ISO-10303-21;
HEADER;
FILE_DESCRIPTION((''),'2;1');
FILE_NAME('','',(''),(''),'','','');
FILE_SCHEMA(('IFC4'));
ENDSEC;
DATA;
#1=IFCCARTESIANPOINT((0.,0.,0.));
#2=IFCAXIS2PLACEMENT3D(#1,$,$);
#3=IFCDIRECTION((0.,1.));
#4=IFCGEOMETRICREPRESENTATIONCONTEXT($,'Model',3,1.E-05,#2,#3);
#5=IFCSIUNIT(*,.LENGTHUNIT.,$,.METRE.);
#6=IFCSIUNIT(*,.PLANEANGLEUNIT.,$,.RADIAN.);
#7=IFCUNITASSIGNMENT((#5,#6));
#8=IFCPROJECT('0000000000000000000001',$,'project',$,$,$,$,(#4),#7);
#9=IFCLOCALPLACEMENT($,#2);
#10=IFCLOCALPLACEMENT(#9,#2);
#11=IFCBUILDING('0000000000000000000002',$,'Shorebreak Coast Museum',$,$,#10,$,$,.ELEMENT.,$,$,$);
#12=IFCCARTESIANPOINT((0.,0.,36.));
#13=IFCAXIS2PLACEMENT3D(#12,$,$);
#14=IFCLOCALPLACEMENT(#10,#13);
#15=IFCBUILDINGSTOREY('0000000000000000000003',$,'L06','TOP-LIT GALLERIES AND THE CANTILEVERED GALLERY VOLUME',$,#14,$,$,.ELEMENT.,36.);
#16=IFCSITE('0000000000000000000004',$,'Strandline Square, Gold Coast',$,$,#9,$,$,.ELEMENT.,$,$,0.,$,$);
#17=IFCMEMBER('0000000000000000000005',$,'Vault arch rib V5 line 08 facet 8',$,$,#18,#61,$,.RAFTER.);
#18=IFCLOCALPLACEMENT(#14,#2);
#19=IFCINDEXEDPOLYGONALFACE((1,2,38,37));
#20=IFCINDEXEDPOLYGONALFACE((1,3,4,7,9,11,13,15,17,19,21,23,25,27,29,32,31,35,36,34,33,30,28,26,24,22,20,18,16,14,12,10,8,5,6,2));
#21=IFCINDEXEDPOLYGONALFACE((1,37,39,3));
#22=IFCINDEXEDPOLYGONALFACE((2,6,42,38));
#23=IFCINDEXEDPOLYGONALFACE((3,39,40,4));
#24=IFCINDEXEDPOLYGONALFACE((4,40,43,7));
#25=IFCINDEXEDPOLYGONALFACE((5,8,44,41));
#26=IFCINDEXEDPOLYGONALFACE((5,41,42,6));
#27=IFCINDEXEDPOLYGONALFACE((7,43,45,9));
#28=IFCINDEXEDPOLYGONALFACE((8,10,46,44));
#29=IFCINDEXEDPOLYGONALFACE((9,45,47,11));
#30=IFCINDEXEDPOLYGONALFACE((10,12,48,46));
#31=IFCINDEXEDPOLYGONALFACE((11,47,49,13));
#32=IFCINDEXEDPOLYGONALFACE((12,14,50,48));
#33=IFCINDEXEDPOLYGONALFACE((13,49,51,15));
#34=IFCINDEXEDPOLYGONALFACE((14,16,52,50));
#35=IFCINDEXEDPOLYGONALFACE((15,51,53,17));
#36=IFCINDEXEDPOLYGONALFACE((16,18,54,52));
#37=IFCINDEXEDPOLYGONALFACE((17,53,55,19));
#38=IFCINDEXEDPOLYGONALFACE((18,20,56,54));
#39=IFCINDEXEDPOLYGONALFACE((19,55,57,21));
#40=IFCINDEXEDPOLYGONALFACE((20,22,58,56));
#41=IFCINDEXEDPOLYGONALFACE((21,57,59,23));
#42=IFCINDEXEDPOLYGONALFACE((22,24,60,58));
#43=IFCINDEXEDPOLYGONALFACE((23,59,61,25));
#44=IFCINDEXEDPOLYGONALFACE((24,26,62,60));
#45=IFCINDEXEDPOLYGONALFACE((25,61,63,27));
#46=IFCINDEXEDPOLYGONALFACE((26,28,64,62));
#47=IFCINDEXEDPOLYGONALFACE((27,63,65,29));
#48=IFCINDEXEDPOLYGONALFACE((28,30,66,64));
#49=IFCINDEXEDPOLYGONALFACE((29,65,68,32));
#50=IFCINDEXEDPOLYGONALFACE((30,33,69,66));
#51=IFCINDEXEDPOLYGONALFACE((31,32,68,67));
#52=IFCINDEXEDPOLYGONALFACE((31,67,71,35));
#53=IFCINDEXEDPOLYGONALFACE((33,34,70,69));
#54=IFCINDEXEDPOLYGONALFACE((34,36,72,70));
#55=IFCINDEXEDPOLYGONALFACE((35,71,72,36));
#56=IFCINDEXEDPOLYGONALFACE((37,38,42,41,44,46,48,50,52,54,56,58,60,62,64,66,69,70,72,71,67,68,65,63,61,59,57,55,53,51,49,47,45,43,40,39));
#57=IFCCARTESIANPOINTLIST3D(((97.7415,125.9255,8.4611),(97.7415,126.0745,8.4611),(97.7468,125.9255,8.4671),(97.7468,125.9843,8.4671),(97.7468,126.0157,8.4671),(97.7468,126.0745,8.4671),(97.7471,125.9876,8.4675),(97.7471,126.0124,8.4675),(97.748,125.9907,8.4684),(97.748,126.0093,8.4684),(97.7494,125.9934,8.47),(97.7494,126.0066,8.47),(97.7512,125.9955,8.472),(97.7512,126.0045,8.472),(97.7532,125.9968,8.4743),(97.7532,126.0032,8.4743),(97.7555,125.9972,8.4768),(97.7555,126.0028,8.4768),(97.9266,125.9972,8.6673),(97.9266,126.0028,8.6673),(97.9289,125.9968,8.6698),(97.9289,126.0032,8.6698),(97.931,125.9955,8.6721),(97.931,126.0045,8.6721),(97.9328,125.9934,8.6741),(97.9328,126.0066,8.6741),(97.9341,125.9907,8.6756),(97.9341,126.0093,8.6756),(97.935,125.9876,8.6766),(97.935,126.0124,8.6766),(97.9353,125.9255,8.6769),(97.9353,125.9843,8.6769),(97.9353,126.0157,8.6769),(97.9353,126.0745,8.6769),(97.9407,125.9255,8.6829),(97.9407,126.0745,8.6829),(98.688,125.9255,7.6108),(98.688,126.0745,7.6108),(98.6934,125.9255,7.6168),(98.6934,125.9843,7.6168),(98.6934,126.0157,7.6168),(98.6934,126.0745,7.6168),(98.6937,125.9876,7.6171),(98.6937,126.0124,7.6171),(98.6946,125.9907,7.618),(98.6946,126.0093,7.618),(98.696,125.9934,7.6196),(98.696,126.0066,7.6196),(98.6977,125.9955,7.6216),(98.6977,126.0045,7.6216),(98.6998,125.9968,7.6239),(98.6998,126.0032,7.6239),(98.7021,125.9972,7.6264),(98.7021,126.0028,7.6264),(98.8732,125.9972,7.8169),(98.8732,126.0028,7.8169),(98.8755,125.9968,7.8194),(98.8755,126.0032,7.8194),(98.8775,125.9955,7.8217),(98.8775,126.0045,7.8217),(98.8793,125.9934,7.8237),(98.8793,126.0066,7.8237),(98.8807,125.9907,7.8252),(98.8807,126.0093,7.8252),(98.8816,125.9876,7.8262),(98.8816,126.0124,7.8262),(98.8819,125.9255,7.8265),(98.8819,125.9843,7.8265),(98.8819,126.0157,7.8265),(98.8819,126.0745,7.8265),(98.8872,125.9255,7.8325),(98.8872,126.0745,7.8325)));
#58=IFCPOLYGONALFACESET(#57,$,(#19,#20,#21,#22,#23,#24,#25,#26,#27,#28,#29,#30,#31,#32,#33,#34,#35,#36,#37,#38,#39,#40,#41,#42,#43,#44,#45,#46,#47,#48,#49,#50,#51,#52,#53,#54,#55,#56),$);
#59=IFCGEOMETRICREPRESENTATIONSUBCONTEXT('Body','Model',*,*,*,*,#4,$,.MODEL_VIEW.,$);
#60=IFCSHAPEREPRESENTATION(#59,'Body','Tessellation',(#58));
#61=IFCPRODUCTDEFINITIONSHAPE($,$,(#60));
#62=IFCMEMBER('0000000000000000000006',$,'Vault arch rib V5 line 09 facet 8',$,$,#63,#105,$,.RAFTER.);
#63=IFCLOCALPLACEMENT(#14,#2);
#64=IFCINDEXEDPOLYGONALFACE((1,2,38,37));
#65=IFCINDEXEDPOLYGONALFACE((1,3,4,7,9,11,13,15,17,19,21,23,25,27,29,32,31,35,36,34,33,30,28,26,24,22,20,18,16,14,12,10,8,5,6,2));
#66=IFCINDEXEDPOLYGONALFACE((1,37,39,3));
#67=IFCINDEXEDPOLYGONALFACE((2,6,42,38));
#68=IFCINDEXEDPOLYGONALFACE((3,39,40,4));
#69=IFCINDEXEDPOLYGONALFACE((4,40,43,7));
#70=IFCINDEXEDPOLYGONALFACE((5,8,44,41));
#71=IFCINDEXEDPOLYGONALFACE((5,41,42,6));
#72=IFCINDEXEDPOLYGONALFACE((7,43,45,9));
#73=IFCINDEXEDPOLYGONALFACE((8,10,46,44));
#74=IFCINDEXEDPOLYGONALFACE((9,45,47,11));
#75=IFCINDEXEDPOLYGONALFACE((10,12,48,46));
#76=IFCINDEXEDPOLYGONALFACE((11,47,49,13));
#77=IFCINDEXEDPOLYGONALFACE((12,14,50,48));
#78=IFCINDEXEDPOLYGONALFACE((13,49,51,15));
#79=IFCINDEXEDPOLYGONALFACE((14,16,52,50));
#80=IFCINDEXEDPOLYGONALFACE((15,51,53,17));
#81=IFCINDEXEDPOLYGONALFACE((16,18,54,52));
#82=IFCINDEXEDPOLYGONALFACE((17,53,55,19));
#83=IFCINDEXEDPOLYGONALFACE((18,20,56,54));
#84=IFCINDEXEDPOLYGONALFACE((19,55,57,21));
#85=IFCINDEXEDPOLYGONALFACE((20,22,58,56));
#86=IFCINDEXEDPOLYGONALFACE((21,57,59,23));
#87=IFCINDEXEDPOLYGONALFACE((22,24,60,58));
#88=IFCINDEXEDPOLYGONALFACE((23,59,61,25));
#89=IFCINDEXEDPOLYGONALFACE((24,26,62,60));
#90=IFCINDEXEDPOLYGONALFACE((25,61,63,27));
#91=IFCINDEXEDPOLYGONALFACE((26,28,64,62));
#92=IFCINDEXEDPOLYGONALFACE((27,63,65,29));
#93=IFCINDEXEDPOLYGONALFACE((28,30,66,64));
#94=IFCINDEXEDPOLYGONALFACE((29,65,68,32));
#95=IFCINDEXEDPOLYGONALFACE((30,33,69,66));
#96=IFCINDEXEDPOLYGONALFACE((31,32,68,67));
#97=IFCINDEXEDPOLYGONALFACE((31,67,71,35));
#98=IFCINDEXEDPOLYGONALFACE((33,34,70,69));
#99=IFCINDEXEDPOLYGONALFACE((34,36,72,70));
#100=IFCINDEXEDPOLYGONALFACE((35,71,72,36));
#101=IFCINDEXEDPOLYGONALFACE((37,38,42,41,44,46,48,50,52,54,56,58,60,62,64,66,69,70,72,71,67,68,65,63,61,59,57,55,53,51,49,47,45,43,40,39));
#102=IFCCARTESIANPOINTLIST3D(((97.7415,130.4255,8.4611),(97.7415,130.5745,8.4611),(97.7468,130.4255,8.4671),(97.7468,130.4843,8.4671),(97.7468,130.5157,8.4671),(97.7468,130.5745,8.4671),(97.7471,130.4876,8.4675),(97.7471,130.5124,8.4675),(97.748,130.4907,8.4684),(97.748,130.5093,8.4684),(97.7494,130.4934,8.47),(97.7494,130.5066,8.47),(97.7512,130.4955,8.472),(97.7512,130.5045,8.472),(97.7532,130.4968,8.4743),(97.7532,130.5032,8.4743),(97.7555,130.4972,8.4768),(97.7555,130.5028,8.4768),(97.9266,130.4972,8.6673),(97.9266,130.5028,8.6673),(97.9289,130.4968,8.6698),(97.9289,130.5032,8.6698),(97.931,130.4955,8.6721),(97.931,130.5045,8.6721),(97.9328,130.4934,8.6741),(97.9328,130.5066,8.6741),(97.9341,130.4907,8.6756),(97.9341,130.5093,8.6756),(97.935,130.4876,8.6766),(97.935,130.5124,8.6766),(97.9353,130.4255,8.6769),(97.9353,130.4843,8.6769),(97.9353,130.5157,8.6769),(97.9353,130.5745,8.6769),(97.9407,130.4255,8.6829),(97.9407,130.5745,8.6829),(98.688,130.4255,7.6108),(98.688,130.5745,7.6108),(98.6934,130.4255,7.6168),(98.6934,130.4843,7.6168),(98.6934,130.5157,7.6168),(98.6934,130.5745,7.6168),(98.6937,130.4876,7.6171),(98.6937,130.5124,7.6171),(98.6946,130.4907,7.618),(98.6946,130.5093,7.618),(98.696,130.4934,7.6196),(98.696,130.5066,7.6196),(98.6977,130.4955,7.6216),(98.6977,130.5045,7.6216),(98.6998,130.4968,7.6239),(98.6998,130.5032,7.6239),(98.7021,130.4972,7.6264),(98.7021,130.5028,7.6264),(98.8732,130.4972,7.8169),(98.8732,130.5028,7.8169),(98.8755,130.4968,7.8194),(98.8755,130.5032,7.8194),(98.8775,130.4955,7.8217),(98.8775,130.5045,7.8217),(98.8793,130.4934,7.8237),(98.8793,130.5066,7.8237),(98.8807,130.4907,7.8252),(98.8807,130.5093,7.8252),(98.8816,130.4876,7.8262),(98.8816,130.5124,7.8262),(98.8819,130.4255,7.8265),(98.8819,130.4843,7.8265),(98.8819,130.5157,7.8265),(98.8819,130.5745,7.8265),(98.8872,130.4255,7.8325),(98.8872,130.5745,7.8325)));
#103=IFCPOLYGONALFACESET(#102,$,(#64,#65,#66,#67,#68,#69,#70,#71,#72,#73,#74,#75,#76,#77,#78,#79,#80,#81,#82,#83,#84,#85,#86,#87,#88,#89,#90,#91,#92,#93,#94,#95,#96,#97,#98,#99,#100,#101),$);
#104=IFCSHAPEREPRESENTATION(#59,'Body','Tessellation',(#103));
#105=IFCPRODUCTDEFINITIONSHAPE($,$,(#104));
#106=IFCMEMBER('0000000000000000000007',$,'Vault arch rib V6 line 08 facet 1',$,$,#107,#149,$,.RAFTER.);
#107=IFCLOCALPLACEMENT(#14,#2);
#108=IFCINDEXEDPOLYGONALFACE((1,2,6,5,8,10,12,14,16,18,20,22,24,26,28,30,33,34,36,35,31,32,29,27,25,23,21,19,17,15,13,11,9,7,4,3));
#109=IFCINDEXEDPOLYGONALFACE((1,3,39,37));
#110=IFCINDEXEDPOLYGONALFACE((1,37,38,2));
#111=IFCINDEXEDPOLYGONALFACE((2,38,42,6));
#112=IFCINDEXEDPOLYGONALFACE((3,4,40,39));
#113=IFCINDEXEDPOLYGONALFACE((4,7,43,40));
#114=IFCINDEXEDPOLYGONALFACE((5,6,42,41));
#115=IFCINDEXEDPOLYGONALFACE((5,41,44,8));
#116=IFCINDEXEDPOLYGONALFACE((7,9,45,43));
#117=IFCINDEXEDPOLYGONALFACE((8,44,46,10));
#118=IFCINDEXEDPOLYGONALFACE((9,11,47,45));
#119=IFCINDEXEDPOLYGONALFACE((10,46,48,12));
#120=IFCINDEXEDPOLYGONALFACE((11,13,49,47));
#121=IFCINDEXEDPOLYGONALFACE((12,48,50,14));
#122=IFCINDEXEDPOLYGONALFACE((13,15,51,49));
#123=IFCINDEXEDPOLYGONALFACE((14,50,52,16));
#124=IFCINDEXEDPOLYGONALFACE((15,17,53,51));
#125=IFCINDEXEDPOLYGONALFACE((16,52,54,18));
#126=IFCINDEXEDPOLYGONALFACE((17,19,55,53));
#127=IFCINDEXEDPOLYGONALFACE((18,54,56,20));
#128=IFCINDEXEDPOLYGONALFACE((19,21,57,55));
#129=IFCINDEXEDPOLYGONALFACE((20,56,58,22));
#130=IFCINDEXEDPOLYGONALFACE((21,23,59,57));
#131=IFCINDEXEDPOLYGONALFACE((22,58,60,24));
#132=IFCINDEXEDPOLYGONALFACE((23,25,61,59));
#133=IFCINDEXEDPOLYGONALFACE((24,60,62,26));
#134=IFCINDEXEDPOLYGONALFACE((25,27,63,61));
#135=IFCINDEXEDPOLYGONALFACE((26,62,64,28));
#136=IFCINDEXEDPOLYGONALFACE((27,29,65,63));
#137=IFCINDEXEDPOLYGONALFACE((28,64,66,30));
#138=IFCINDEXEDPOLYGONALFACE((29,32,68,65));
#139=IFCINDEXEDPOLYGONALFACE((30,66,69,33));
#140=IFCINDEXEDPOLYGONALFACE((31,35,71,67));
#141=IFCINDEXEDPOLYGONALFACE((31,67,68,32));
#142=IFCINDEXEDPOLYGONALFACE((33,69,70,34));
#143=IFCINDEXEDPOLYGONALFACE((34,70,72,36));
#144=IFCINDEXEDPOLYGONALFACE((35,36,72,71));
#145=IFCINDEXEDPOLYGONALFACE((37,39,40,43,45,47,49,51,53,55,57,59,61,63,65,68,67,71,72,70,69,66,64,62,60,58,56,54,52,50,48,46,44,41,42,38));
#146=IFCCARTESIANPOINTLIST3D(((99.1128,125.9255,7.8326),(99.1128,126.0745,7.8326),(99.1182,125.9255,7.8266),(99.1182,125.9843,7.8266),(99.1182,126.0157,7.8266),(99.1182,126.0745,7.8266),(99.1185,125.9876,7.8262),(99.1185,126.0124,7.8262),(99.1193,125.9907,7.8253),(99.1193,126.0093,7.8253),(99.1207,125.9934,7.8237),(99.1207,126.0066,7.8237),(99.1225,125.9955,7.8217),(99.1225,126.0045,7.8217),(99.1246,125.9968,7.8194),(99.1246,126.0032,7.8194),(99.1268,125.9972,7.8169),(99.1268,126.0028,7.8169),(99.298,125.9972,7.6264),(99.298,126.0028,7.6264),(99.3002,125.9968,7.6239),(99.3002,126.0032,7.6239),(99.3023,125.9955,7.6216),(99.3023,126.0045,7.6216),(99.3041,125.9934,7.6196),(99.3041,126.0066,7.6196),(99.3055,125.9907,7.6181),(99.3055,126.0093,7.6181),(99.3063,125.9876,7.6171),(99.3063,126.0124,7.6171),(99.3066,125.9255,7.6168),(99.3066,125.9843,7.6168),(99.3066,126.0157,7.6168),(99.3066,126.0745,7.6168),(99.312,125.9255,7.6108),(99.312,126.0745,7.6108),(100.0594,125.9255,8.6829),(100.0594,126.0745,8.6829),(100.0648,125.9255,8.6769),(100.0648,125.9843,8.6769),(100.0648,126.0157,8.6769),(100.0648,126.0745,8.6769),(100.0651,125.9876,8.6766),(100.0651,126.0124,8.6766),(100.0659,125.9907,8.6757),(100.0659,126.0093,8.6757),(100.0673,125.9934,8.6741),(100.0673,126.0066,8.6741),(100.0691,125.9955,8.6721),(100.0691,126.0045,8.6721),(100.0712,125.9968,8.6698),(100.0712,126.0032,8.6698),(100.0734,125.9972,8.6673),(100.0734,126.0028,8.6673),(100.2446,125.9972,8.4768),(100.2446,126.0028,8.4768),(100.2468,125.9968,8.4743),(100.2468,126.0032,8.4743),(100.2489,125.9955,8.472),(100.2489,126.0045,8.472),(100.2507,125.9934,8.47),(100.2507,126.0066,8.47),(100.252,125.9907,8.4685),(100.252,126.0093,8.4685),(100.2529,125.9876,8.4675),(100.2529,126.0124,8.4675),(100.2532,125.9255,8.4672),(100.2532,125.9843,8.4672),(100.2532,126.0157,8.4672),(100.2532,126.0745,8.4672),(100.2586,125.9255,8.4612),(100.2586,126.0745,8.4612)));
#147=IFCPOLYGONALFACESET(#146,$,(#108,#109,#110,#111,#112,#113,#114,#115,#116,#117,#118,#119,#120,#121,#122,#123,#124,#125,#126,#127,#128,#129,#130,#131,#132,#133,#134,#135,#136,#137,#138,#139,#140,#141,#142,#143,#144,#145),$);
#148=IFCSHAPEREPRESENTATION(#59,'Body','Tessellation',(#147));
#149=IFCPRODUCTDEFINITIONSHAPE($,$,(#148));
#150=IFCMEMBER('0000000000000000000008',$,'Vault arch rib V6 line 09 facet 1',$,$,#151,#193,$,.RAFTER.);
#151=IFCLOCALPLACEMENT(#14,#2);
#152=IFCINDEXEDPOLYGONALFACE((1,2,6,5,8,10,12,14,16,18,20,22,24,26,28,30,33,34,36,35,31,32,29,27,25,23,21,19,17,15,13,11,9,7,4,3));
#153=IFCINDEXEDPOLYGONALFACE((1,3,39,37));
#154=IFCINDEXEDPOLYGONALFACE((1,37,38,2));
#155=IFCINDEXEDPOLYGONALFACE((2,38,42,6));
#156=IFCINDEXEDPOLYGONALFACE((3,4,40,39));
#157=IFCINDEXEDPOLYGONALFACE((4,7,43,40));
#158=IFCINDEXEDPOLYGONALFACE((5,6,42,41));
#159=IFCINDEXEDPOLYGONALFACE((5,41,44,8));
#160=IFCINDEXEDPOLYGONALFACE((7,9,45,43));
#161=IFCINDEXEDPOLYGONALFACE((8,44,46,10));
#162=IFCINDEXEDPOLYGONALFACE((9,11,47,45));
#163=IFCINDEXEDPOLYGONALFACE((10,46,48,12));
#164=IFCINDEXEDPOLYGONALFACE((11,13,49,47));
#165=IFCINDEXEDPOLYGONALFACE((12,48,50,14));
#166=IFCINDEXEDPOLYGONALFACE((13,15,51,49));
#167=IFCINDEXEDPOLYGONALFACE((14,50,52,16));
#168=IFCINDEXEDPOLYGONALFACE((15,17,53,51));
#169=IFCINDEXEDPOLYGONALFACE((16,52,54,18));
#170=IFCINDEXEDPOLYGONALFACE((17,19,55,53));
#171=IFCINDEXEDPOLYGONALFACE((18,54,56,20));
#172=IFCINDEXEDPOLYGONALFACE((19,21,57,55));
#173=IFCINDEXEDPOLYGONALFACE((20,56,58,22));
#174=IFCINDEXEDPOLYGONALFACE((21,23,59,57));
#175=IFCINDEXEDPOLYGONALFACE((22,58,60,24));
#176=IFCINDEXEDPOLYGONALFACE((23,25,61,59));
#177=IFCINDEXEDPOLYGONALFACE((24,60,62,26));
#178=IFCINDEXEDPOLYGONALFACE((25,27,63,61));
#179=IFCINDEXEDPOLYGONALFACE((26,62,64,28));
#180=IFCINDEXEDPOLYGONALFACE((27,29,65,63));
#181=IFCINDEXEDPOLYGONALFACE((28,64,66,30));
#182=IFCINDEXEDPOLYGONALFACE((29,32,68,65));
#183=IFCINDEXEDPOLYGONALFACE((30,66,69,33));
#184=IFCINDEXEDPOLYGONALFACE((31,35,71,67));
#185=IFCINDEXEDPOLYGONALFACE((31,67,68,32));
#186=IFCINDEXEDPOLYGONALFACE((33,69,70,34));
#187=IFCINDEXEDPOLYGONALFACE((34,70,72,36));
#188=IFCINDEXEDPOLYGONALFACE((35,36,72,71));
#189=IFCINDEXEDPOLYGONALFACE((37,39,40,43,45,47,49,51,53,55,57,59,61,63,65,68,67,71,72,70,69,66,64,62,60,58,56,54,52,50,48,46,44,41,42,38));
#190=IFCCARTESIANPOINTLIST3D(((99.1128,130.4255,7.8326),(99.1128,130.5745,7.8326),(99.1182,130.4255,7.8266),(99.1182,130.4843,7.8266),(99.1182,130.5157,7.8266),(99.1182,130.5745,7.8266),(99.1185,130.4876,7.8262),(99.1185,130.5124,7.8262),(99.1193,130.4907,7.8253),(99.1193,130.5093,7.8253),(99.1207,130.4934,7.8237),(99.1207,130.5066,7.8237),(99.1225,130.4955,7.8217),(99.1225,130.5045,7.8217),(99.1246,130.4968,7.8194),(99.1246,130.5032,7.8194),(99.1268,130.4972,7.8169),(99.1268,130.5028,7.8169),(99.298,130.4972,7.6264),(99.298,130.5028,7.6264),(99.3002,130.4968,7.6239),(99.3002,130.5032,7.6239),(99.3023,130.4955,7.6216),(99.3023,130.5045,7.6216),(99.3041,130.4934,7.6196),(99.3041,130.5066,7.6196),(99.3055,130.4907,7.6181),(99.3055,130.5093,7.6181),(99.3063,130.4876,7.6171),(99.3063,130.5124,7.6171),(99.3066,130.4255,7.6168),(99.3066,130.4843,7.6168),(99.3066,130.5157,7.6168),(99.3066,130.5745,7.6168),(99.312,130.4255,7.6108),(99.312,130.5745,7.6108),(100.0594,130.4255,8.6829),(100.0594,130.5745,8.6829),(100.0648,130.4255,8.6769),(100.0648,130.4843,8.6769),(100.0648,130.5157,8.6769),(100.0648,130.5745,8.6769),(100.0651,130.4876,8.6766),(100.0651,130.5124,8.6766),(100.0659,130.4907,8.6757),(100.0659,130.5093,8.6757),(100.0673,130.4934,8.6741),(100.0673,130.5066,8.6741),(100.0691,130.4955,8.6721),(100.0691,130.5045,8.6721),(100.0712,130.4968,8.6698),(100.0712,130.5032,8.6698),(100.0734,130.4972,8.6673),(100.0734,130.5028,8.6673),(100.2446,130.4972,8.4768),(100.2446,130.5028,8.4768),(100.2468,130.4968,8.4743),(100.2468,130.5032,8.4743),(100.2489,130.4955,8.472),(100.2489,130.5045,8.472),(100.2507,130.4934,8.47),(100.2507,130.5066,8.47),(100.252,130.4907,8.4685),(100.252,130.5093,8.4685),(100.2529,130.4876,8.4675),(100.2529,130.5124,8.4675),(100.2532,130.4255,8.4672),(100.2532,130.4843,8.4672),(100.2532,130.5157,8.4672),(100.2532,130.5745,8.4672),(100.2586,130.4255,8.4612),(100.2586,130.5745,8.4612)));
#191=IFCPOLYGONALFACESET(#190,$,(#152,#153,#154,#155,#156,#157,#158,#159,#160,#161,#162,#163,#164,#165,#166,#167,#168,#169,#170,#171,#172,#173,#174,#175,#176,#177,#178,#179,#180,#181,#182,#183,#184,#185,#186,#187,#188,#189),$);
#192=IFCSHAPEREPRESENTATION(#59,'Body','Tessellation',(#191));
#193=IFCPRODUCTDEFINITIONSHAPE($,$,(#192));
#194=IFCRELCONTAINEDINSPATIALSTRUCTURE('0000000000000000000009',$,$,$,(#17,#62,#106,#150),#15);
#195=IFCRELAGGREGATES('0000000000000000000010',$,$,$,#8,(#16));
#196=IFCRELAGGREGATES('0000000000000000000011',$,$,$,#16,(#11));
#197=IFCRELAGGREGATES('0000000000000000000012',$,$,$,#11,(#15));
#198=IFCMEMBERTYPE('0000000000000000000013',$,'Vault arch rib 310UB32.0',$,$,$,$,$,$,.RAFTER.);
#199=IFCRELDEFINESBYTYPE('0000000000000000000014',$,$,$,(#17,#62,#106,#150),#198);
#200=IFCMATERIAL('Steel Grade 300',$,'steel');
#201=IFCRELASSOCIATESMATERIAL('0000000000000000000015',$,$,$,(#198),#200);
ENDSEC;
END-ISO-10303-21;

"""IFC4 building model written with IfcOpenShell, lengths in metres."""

from ifc_helpers import new_model, si_unit, direction, frame, origin, origin_2d, place, context, subcontext, project, spatial, i_section, extrude, material, material_profile, profile_set, type_object, element, save


model = new_model("IFC4")

# Units and contexts
model_context = context("Model", 3, precision=1e-05, world=origin(), true_north=direction((0.0, 1.0)))
body_context = subcontext(model_context, "Body", "Model", "MODEL_VIEW")
ifc_project = project(units=[si_unit("LENGTHUNIT", "METRE"), si_unit("PLANEANGLEUNIT", "RADIAN")], contexts=[model_context])

# Site, building, storey
site_placement = place(None, origin())
site = spatial("IfcSite", under=ifc_project, at=site_placement, Name="Strandline Square, Gold Coast", CompositionType="ELEMENT", RefElevation=0.0)
building_placement = place(site_placement, origin())
building = spatial("IfcBuilding", under=site, at=building_placement, Name="Shorebreak Coast Museum", CompositionType="ELEMENT")
storey_placement = place(building_placement, frame((0.0, 0.0, 36.0)))
storey = spatial("IfcBuildingStorey", under=building, at=storey_placement, Name="L06", Description="TOP-LIT GALLERIES AND THE CANTILEVERED GALLERY VOLUME", CompositionType="ELEMENT", Elevation=36.0)

# Members
ifc_material_1 = material(Name="Steel Grade 300", Category="steel")
ifc_material_profile_1 = material_profile(ifc_material_1, i_section(OverallWidth=0.1489, OverallDepth=0.2981, WebThickness=0.0056, FlangeThickness=0.0081, FilletRadius=0.0129, at=origin_2d()), Name="310UB32.0")
ifc_profile_set_1 = profile_set([ifc_material_profile_1], Name="Steel Grade 300")
member_type_1 = type_object("IfcMemberType", Name="Vault arch rib 310UB32.0", PredefinedType="RAFTER", material=ifc_profile_set_1)
for number, where, z_axis, x_axis, name in (
    (1, (97.8411, 126.0, 8.572), (0.743895, 0.0, -0.668297), (0.0, 1.0, 0.0), "Vault arch rib V5 line 08 facet 8"),
    (2, (97.8411, 130.5, 8.572), (0.743895, 0.0, -0.668297), (0.0, 1.0, 0.0), "Vault arch rib V5 line 09 facet 8"),
    (3, (99.2124, 126.0, 7.7217), (0.743895, 0.0, 0.668297), (0.0, 1.0, 0.0), "Vault arch rib V6 line 08 facet 1"),
    (4, (99.2124, 130.5, 7.7217), (0.743895, 0.0, 0.668297), (0.0, 1.0, 0.0), "Vault arch rib V6 line 09 facet 1"),
):
    element("IfcMember", number, at=place(storey_placement, frame(where, z_axis=z_axis, x_axis=x_axis)), inside=storey, type_object=member_type_1, Name=name, PredefinedType="RAFTER", context=body_context, shape_type="SweptSolid", body=[
        extrude(i_section(OverallWidth=0.1489, OverallDepth=0.2981, WebThickness=0.0056, FlangeThickness=0.0081, FilletRadius=0.0129, at=origin_2d()), origin(), (0.0, 0.0, 1.0), 1.2725),
    ])

save(model, "model.ifc")
